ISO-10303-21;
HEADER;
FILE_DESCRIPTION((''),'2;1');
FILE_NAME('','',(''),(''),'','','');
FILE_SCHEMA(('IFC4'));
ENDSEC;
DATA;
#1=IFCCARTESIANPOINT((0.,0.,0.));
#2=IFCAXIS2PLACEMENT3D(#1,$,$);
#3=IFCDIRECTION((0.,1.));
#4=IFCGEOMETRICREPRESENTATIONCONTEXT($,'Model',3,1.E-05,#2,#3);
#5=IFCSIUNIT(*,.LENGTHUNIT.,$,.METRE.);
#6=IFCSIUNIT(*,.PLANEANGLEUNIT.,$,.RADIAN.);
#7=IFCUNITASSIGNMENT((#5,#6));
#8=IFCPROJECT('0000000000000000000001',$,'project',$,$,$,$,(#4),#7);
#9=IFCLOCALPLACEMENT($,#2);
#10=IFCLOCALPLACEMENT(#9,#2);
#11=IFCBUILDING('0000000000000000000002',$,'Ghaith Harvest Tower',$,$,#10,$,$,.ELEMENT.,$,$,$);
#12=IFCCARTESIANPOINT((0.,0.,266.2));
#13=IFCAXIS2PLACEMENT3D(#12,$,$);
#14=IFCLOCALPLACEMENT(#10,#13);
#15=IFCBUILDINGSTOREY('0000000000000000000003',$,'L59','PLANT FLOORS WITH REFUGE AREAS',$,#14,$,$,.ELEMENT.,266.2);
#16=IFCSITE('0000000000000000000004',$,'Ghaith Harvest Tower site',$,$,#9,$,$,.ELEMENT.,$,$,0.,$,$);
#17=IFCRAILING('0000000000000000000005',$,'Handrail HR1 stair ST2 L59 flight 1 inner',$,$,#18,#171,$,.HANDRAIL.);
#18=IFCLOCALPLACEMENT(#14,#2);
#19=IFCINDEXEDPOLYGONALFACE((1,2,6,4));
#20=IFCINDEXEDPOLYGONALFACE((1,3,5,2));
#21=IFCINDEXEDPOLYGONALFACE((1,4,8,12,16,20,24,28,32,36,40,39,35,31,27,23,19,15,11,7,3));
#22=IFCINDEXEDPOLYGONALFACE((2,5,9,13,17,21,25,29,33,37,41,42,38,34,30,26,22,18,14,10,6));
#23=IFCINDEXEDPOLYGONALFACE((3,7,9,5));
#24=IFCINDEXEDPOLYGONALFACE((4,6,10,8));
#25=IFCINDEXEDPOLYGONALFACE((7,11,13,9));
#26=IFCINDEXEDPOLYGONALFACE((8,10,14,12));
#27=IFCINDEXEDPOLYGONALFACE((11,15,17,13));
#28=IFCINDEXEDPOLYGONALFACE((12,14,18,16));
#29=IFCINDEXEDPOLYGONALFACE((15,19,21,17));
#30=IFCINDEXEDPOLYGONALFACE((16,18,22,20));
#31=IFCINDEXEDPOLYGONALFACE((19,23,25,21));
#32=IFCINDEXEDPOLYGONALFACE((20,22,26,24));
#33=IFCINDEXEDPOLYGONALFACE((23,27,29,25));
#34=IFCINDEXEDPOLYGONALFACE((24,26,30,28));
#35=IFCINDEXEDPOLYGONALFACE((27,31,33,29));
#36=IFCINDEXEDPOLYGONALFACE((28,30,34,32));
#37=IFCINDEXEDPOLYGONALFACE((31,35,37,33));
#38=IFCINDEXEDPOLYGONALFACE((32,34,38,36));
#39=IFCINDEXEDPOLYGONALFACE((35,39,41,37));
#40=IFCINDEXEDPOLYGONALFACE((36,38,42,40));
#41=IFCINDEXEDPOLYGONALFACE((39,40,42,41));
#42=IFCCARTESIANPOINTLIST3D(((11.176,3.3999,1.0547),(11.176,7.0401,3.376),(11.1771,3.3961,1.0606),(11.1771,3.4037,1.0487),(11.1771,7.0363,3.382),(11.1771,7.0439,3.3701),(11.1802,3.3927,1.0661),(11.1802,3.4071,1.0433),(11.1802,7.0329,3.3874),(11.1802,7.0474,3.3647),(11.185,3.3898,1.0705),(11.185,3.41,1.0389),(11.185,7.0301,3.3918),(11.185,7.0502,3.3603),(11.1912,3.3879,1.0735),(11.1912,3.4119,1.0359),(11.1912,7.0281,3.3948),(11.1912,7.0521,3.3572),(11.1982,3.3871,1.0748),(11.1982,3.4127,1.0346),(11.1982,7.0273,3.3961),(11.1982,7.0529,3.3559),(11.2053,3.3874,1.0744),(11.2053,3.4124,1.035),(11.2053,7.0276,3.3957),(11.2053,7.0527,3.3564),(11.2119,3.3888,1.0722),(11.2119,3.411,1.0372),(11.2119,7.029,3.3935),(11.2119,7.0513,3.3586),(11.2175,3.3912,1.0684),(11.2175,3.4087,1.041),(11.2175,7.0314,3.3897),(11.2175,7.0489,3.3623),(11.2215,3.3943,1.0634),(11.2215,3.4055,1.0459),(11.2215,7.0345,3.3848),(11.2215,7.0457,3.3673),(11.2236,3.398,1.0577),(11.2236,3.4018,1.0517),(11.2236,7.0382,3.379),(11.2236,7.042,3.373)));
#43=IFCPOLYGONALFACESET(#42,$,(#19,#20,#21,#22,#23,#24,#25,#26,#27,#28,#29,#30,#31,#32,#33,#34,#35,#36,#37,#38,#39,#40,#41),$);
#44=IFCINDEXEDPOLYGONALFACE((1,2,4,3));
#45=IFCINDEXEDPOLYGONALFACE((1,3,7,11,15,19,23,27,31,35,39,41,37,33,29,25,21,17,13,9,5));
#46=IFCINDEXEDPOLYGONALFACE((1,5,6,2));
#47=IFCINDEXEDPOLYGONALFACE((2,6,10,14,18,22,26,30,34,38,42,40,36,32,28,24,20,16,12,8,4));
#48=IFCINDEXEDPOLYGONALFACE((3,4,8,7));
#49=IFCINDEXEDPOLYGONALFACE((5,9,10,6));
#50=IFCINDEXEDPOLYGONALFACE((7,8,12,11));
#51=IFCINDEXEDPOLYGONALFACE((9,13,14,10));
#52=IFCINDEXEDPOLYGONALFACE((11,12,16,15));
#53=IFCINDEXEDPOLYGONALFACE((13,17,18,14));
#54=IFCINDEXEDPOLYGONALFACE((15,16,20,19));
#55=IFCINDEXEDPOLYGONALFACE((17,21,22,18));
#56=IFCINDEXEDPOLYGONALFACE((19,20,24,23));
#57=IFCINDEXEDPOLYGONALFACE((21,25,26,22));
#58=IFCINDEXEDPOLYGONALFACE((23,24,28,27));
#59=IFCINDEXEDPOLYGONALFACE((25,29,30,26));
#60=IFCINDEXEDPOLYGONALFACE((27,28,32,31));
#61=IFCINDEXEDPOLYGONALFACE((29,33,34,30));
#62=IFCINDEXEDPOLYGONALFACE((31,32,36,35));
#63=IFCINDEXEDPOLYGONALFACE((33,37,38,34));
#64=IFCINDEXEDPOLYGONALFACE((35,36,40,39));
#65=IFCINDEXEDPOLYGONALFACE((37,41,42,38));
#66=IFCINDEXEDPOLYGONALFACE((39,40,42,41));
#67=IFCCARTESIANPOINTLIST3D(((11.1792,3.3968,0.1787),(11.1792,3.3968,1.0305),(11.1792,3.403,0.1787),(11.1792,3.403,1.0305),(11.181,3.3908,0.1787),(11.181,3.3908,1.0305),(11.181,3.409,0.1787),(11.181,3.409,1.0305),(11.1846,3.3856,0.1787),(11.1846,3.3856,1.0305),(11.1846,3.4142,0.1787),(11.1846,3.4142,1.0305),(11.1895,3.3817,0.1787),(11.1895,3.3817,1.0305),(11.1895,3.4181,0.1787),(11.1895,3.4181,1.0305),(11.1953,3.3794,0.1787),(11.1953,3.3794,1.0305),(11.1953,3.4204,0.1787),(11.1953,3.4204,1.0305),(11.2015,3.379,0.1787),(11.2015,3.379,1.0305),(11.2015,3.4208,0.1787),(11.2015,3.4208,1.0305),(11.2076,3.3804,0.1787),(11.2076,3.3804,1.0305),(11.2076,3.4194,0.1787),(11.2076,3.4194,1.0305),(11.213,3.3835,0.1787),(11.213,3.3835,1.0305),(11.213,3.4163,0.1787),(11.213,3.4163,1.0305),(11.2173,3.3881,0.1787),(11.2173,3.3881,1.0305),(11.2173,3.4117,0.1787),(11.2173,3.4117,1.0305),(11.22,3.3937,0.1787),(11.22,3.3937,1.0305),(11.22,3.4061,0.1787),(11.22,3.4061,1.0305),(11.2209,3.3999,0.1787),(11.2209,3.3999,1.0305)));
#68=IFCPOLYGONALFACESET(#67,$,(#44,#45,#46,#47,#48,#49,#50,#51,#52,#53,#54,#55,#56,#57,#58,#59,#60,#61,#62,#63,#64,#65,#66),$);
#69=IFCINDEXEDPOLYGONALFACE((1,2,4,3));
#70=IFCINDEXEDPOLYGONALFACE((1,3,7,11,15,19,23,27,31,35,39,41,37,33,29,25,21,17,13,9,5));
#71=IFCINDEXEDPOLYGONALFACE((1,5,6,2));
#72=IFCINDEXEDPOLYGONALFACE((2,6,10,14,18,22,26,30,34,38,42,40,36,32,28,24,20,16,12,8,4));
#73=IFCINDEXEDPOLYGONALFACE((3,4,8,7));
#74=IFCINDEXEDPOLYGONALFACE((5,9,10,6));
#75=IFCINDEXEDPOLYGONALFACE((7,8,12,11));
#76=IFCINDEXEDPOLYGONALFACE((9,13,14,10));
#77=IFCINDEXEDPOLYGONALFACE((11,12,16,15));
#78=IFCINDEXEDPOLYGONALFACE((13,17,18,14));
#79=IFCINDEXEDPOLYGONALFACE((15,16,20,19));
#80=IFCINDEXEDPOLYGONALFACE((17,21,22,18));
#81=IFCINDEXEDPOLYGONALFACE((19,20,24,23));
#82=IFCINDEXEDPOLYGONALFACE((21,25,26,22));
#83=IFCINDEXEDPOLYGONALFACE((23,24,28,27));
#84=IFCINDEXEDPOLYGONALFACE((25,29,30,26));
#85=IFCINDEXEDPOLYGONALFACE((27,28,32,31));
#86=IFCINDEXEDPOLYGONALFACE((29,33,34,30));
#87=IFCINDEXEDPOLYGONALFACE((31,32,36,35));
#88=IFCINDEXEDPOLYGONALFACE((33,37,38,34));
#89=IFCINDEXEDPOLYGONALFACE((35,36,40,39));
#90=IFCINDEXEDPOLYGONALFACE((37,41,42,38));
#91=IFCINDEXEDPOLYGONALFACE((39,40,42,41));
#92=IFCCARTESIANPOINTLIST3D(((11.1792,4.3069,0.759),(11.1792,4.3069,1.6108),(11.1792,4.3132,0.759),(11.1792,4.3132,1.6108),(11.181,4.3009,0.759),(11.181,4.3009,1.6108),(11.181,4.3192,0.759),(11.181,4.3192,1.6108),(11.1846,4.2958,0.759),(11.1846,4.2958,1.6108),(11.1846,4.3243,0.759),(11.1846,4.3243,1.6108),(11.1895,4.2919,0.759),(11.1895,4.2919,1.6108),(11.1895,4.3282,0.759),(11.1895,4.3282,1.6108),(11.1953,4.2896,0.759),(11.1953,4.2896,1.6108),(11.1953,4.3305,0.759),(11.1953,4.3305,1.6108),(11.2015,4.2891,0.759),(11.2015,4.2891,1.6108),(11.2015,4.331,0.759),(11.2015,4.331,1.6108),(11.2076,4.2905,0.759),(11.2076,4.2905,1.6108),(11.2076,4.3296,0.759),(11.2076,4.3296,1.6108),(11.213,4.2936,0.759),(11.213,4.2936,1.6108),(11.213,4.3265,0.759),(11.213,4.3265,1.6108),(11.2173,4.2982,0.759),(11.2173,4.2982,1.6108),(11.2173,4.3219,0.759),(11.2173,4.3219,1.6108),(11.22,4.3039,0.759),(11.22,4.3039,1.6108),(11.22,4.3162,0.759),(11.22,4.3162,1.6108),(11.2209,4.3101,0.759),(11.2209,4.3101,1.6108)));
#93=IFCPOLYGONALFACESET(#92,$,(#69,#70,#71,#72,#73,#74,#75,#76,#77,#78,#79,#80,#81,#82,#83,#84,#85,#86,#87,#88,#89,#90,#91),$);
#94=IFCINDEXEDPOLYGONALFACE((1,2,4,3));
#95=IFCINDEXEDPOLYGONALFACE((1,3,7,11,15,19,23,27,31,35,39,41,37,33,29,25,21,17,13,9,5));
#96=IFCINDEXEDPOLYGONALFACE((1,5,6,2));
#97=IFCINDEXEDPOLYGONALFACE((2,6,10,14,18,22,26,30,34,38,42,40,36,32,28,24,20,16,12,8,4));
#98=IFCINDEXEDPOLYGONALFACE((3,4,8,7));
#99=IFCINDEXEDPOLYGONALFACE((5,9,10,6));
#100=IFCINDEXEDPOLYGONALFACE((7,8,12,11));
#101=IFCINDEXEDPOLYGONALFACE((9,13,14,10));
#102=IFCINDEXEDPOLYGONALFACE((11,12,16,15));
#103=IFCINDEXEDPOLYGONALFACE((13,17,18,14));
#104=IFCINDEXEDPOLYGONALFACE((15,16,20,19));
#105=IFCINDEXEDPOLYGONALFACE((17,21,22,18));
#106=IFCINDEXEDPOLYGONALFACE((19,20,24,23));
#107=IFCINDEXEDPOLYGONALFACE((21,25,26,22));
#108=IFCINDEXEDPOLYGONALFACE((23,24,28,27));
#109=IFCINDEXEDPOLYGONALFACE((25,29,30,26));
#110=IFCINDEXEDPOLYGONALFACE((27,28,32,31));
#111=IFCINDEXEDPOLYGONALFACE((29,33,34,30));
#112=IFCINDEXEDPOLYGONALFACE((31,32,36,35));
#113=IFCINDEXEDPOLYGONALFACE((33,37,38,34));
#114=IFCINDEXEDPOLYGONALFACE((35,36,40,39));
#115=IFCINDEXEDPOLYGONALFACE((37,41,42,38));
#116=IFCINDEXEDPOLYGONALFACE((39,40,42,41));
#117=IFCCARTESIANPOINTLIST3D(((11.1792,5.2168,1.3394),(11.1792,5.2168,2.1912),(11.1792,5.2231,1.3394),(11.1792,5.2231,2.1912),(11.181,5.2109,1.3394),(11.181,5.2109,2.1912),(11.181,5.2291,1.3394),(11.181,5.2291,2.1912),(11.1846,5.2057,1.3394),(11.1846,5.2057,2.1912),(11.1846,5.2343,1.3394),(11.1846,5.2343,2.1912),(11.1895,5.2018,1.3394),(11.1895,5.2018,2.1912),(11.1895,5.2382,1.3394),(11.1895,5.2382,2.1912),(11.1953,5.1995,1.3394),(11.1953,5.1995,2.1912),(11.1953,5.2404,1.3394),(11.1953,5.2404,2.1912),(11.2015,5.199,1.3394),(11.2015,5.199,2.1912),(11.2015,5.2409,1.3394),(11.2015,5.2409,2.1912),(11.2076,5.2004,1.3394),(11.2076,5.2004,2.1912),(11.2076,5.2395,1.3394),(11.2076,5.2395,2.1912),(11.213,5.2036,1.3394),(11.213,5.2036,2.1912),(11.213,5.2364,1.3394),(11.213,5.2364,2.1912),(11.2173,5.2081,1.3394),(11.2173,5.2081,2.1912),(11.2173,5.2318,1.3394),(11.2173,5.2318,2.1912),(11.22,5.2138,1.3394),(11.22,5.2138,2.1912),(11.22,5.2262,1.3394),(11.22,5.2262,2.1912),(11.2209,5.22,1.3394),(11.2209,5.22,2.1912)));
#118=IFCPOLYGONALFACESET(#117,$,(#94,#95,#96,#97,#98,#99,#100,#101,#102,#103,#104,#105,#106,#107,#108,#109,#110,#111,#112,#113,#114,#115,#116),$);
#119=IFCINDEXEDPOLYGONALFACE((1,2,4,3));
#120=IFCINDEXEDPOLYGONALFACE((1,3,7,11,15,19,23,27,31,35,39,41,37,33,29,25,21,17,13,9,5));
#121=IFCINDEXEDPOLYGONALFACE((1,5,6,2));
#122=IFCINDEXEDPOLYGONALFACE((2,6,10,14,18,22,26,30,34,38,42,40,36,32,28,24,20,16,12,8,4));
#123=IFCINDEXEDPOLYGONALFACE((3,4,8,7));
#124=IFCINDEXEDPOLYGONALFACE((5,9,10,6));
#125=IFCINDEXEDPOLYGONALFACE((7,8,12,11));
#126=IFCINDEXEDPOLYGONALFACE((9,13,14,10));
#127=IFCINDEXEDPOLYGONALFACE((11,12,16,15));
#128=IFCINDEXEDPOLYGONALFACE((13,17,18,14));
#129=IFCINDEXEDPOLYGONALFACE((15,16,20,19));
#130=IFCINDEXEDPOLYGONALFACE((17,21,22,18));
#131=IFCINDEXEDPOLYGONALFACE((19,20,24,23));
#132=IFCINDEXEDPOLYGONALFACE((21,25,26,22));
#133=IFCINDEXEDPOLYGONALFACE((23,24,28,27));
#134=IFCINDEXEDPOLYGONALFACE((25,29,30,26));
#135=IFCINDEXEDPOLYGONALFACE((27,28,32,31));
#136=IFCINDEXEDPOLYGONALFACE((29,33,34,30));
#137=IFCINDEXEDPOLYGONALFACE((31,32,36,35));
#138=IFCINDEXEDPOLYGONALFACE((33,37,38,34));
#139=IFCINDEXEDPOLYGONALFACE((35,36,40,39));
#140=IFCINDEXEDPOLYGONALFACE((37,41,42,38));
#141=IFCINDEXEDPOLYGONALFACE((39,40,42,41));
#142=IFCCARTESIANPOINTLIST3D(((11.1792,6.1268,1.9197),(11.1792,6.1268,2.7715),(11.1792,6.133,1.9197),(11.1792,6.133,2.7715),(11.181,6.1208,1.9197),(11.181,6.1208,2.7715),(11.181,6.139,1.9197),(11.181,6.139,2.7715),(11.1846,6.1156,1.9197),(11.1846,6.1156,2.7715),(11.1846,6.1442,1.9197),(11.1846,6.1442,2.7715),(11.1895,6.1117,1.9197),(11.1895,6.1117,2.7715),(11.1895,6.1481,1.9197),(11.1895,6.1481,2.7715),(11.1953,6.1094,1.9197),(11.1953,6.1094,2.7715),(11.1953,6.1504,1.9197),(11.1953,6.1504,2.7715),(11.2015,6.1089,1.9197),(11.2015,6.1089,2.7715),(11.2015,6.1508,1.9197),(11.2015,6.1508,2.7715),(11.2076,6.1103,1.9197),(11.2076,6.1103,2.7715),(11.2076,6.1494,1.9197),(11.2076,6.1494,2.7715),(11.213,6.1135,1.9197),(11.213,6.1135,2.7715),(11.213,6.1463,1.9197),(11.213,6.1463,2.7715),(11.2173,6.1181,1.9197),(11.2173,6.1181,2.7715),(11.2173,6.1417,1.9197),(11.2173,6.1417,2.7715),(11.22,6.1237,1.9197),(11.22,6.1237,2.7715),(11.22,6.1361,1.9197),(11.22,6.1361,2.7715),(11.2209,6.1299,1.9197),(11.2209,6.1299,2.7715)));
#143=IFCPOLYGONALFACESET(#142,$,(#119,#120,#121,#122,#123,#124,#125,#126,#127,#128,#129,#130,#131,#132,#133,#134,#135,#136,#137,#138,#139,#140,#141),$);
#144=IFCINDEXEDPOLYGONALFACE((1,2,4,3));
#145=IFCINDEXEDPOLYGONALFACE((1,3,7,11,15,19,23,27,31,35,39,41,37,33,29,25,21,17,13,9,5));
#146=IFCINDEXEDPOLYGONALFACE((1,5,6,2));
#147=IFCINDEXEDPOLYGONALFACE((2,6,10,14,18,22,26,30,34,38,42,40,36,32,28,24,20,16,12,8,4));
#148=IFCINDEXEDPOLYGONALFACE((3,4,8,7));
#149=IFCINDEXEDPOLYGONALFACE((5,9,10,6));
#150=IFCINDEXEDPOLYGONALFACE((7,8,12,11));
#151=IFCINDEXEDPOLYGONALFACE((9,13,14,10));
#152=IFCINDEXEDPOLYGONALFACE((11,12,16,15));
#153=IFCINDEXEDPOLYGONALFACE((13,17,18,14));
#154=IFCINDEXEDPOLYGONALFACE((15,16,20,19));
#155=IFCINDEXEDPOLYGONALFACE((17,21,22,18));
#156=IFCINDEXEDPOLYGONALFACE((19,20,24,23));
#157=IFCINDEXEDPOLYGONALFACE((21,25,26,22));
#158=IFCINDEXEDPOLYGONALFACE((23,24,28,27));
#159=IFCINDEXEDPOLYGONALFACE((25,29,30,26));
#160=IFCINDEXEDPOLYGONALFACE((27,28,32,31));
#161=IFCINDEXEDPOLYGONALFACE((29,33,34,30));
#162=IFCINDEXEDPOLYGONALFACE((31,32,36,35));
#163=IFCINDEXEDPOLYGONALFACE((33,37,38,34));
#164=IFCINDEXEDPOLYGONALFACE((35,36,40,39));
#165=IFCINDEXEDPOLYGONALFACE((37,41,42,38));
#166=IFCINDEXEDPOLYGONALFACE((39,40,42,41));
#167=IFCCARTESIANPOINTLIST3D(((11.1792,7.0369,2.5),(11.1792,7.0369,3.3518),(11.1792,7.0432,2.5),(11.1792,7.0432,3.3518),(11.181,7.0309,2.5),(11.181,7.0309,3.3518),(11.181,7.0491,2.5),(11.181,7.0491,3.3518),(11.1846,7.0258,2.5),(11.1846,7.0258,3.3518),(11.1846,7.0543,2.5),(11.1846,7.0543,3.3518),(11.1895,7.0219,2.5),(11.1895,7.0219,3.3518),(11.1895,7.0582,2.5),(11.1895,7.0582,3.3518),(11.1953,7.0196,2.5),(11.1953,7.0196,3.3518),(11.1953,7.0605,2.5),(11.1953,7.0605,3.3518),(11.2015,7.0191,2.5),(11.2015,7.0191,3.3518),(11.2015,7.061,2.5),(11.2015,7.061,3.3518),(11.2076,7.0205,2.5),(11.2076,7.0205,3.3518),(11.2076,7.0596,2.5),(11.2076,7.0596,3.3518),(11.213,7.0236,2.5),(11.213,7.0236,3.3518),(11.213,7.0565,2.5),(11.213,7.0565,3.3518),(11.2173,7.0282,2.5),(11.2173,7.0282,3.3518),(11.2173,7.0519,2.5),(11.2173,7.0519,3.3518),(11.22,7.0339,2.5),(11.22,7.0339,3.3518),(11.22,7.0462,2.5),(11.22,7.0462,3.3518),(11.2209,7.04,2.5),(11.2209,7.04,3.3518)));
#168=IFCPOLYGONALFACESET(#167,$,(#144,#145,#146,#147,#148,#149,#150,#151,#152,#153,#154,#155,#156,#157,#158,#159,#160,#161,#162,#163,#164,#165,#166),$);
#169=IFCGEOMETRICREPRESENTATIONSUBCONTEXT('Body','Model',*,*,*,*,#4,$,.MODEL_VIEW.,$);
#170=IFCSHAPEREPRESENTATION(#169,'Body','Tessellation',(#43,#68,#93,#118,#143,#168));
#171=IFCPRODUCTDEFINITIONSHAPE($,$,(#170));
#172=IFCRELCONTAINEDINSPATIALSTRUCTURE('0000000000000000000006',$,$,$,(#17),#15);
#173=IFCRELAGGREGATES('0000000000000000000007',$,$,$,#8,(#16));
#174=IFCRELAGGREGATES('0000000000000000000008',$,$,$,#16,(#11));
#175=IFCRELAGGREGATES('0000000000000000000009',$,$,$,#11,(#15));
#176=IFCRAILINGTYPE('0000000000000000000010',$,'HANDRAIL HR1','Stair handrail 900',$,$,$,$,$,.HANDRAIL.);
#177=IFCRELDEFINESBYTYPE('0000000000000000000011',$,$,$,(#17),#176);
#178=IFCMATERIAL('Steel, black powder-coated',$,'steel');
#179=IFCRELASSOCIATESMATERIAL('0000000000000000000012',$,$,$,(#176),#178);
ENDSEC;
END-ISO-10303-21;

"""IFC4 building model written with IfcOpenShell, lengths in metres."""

from ifc_helpers import new_model, si_unit, direction, frame, origin, origin_2d, place, context, subcontext, project, spatial, circle, extrude, material, type_object, element, save


model = new_model("IFC4")

# Units and contexts
model_context = context("Model", 3, precision=1e-05, world=origin(), true_north=direction((0.0, 1.0)))
body_context = subcontext(model_context, "Body", "Model", "MODEL_VIEW")
ifc_project = project(units=[si_unit("LENGTHUNIT", "METRE"), si_unit("PLANEANGLEUNIT", "RADIAN")], contexts=[model_context])

# Site, building, storey
site_placement = place(None, origin())
site = spatial("IfcSite", under=ifc_project, at=site_placement, Name="Ghaith Harvest Tower site", CompositionType="ELEMENT", RefElevation=0.0)
building_placement = place(site_placement, origin())
building = spatial("IfcBuilding", under=site, at=building_placement, Name="Ghaith Harvest Tower", CompositionType="ELEMENT")
storey_placement = place(building_placement, frame((0.0, 0.0, 266.2)))
storey = spatial("IfcBuildingStorey", under=building, at=storey_placement, Name="L59", Description="PLANT FLOORS WITH REFUGE AREAS", CompositionType="ELEMENT", Elevation=266.2)

# Railing
ifc_material_1 = material(Name="Steel, black powder-coated", Category="steel")
railing_type = type_object("IfcRailingType", Name="HANDRAIL HR1", Description="Stair handrail 900", PredefinedType="HANDRAIL", material=ifc_material_1)
railing_1_placement = place(storey_placement, frame((11.2, 3.3999, 0.1787)))
element("IfcRailing", 1, at=railing_1_placement, inside=storey, type_object=railing_type, Name="Handrail HR1 stair ST2 L59 flight 1 inner", PredefinedType="HANDRAIL", context=body_context, shape_type="SweptSolid", body=[
    extrude(circle(Radius=0.0239, at=origin_2d()), frame((0.0, 0.0, 0.876), z_axis=(0.0, 0.843153, 0.537673), x_axis=(-1.0, 0.0, 0.0)), (0.0, 0.0, 1.0), 4.3174),
    extrude(circle(Radius=0.021, at=origin_2d()), origin(), (0.0, 0.0, 1.0), 0.8518),
    extrude(circle(Radius=0.021, at=origin_2d()), frame((0.0, 0.9102, 0.5803)), (0.0, 0.0, 1.0), 0.8518),
    extrude(circle(Radius=0.021, at=origin_2d()), frame((0.0, 1.8201, 1.1606)), (0.0, 0.0, 1.0), 0.8518),
    extrude(circle(Radius=0.021, at=origin_2d()), frame((0.0, 2.73, 1.741)), (0.0, 0.0, 1.0), 0.8518),
    extrude(circle(Radius=0.021, at=origin_2d()), frame((0.0, 3.6401, 2.3213)), (0.0, 0.0, 1.0), 0.8518),
])

save(model, "model.ifc")
